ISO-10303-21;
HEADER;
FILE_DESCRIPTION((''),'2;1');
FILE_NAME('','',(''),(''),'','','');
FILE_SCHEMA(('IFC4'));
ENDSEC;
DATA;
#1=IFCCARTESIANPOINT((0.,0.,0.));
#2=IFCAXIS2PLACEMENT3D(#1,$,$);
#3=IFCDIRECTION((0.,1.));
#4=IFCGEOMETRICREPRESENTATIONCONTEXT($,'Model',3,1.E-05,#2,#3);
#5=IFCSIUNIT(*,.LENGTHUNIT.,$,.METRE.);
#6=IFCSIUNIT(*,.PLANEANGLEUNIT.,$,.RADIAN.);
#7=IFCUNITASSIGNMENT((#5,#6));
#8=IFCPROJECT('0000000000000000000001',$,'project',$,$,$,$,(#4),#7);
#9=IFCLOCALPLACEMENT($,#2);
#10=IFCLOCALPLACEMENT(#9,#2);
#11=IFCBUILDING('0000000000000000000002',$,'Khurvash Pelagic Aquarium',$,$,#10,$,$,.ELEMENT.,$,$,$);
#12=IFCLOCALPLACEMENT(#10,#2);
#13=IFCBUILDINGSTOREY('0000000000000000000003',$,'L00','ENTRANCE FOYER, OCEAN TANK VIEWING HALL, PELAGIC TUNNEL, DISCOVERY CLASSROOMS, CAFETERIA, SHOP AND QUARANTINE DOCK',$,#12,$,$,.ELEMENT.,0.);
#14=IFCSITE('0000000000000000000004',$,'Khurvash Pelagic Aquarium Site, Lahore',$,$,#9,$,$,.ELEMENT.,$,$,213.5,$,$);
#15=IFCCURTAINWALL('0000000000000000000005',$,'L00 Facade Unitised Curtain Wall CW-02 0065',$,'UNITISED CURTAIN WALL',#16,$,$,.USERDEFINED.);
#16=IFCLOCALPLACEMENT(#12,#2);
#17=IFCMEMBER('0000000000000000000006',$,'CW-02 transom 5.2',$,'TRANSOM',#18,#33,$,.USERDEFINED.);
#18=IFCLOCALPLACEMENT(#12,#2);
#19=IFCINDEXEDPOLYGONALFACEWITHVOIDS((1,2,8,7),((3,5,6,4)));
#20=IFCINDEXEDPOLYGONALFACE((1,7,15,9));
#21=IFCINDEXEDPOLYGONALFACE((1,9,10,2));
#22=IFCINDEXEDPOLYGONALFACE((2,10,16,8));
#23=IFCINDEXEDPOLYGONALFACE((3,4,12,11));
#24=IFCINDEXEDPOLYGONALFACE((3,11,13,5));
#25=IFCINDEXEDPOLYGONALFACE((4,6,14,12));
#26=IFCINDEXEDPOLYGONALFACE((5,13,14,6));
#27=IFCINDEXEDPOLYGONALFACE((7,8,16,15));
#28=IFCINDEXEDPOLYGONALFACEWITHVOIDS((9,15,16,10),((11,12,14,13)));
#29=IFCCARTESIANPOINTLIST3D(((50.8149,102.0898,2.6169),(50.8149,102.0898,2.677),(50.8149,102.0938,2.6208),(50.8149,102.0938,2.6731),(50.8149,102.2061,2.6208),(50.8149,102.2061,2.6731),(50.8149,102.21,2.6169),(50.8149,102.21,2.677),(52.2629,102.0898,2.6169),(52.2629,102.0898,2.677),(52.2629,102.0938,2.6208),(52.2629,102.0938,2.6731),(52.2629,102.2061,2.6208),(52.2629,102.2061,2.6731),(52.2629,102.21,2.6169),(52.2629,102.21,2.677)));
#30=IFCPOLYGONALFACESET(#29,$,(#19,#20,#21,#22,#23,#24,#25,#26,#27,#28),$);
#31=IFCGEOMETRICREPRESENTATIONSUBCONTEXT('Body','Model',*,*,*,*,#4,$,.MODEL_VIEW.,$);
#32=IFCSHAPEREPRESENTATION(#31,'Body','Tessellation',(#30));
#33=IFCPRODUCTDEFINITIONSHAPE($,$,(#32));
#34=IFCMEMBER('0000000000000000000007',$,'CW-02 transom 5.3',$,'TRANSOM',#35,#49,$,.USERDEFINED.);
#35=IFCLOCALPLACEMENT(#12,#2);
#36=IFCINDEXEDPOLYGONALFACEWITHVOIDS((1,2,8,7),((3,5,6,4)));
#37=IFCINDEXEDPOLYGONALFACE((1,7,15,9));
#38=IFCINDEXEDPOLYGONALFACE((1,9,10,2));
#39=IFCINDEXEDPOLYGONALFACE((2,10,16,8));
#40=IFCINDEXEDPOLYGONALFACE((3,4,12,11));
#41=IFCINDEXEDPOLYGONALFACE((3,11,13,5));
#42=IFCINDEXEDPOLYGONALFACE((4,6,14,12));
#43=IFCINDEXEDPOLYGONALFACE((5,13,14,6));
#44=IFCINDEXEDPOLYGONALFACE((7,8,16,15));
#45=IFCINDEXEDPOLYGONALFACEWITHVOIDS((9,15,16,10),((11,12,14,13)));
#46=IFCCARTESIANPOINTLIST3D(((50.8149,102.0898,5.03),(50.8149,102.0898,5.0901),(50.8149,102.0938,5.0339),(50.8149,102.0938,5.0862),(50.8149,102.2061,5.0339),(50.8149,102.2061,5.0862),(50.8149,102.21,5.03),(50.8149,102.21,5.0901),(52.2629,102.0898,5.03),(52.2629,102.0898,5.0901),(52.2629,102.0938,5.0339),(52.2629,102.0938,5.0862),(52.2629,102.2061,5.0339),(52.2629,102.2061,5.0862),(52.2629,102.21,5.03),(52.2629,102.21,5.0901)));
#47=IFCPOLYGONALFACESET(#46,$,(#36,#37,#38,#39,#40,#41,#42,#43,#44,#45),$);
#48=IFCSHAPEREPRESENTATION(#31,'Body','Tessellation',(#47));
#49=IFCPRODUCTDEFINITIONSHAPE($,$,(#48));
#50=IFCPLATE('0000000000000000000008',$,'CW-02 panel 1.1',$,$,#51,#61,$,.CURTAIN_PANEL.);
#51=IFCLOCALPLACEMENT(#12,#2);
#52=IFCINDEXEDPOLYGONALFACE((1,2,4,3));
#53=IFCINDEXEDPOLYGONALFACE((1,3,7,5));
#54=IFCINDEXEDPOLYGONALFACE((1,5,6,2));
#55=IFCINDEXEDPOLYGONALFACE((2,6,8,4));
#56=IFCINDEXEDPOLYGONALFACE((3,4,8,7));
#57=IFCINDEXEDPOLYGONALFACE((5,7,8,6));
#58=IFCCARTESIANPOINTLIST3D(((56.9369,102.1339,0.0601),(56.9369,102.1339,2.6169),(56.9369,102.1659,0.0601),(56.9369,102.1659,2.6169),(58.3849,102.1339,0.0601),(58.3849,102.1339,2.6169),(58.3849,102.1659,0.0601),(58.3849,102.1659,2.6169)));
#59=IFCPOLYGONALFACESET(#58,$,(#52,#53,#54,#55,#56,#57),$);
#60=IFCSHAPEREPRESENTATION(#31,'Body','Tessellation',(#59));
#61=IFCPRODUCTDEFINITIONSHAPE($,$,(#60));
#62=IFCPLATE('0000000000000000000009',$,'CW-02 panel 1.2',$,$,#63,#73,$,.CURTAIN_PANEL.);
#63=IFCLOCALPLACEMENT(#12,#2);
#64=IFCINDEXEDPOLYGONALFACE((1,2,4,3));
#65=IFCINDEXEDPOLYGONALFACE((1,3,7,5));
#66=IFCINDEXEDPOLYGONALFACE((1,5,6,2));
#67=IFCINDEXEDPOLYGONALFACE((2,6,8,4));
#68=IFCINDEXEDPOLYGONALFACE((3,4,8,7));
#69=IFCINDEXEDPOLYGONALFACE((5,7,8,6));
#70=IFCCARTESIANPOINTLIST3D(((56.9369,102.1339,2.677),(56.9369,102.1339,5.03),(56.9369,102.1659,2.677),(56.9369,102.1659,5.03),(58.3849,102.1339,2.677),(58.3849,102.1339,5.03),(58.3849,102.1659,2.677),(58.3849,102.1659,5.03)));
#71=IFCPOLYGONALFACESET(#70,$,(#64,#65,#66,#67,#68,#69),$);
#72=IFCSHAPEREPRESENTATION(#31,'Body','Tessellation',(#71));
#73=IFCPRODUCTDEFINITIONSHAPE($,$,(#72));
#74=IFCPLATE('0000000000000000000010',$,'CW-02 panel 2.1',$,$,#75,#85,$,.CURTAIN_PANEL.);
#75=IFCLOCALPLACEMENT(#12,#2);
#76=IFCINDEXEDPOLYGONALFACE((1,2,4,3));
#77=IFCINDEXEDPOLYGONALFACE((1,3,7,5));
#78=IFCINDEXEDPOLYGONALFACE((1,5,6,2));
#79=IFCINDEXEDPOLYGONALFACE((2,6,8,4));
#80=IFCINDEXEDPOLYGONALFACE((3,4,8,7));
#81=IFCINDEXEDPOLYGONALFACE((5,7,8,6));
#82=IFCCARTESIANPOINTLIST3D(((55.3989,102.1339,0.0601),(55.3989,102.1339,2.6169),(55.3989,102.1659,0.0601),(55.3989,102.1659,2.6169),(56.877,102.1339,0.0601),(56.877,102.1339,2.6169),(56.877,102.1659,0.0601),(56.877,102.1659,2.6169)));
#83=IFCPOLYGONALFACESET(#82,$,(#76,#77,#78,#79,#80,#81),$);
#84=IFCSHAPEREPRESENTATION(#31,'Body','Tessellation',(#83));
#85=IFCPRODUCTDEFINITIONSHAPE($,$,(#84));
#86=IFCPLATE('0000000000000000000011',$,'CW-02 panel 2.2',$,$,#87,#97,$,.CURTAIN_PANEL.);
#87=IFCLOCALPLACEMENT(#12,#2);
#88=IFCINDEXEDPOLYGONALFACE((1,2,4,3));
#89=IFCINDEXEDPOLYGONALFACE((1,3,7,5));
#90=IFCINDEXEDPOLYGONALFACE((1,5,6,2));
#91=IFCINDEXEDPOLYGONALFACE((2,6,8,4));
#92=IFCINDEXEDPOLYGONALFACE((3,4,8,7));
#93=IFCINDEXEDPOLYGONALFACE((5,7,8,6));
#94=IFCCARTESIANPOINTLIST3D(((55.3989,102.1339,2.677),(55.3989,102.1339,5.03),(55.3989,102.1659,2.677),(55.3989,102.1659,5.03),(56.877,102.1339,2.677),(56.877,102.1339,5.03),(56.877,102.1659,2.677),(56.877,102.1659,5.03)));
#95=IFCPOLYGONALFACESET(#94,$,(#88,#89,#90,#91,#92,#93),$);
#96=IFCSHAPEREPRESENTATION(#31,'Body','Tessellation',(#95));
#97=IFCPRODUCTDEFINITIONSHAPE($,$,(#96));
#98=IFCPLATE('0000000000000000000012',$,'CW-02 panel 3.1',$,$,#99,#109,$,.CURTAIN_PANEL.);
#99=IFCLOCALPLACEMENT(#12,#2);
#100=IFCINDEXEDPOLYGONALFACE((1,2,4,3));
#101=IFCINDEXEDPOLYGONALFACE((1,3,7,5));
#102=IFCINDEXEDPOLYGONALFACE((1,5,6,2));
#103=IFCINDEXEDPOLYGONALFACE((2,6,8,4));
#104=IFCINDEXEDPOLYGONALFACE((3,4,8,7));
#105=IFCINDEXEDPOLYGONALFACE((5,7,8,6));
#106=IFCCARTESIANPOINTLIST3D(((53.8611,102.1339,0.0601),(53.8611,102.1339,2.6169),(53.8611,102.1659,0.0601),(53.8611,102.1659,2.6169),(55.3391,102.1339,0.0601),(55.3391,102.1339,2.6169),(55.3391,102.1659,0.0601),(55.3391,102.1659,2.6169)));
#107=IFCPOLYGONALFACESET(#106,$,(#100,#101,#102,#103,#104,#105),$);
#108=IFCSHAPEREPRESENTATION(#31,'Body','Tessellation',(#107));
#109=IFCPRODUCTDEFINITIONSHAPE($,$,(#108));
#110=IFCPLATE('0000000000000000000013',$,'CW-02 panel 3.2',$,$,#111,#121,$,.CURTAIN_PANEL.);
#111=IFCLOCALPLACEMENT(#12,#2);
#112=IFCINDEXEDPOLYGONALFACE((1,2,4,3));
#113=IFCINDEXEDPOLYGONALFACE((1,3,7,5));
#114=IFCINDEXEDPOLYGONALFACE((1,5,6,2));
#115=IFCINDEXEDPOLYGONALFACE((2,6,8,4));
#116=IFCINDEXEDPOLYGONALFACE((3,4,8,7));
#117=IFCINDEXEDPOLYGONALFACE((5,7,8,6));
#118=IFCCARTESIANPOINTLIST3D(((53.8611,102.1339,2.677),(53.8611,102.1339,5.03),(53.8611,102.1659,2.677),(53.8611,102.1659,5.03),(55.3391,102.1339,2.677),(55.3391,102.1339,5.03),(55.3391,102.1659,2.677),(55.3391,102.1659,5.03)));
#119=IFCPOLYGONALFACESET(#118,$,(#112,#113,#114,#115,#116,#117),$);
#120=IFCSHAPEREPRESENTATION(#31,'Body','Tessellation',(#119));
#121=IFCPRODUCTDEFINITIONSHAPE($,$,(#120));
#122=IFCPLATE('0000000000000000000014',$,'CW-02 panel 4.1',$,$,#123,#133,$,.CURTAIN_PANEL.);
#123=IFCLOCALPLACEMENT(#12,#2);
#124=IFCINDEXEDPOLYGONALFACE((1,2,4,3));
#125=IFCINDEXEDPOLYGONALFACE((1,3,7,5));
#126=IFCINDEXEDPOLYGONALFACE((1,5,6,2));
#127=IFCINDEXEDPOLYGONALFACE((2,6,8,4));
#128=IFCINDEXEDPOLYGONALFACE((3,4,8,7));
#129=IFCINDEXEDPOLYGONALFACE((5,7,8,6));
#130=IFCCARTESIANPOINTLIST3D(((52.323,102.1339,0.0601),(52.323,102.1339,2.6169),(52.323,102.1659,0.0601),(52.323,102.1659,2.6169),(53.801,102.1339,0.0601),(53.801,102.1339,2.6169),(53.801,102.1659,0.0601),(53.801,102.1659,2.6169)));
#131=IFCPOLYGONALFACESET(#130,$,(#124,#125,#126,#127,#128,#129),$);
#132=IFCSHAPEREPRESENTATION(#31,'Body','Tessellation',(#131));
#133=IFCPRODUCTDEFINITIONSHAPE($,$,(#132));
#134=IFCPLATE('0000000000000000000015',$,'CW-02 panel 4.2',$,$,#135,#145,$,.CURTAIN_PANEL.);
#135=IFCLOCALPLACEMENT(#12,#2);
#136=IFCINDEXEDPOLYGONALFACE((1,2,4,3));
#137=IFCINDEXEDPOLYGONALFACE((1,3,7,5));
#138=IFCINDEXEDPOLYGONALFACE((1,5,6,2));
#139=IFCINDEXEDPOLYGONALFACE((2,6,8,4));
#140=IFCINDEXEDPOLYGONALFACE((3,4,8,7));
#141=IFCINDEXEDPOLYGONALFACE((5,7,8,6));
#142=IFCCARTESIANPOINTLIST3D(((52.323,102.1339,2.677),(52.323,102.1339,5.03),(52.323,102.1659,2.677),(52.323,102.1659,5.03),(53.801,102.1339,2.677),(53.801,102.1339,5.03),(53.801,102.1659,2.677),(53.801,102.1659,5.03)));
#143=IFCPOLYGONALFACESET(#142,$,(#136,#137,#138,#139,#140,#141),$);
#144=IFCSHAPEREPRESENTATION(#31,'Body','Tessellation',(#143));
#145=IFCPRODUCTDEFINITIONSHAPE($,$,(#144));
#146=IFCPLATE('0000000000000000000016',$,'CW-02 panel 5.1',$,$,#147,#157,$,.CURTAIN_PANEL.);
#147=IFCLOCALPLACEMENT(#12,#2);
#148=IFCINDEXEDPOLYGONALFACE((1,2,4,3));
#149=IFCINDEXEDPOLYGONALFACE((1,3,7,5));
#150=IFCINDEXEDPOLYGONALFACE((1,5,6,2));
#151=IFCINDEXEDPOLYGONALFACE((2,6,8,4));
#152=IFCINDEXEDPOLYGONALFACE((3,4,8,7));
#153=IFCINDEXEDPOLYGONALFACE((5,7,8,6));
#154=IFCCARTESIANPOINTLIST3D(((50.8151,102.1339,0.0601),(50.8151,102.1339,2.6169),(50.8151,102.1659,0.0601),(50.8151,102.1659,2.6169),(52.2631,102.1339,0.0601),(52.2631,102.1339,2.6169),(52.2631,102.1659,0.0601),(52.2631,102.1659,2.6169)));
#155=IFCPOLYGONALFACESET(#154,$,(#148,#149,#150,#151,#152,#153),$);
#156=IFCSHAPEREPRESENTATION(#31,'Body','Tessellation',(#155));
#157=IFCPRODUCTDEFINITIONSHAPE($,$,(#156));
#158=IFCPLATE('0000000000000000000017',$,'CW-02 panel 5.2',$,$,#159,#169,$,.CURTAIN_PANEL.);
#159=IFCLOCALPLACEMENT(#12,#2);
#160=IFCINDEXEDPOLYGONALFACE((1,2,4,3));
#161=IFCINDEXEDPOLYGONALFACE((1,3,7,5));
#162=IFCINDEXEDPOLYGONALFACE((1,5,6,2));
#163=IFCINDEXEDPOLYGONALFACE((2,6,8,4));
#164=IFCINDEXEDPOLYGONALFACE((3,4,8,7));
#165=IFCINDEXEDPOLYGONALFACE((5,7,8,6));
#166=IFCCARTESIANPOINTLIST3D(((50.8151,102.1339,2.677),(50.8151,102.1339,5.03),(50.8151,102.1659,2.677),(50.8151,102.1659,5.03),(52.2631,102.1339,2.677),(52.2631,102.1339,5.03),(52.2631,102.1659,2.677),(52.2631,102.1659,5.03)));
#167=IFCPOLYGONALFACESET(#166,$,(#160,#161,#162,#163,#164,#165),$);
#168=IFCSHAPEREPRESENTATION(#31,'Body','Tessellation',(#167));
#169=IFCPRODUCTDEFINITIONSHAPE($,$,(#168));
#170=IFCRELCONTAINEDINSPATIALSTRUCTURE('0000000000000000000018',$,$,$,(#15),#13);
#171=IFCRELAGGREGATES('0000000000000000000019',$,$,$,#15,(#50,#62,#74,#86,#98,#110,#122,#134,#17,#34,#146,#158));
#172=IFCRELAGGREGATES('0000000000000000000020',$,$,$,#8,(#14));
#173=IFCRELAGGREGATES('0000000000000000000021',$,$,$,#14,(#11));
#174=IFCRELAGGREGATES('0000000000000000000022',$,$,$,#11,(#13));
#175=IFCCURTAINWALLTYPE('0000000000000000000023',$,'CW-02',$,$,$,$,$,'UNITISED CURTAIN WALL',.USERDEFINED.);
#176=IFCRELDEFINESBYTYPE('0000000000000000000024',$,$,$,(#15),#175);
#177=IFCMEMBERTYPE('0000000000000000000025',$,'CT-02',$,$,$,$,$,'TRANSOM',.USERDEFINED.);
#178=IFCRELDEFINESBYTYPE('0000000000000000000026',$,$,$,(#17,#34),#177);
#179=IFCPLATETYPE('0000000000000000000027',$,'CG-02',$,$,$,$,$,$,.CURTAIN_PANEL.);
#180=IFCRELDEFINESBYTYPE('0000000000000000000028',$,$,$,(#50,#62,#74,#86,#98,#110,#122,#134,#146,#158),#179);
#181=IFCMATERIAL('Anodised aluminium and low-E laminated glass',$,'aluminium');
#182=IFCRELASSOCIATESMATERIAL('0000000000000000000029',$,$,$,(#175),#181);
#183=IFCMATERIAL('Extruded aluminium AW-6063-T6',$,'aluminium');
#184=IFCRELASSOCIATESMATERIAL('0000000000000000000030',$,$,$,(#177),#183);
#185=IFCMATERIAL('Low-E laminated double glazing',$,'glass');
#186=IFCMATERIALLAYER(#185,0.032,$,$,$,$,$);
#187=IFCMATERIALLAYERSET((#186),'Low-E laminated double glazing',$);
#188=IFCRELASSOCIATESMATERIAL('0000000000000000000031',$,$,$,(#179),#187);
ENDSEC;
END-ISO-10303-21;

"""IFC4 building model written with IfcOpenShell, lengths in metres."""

from ifc_helpers import new_model, si_unit, direction, frame, origin, origin_2d, place, context, subcontext, project, spatial, rectangle, hollow_rectangle, extrude, material, layer, layer_set, material_profile, profile_set, type_object, element, aggregate, save


model = new_model("IFC4")

# Units and contexts
model_context = context("Model", 3, precision=1e-05, world=origin(), true_north=direction((0.0, 1.0)))
body_context = subcontext(model_context, "Body", "Model", "MODEL_VIEW")
ifc_project = project(units=[si_unit("LENGTHUNIT", "METRE"), si_unit("PLANEANGLEUNIT", "RADIAN")], contexts=[model_context])

# Site, building, storey
site_placement = place(None, origin())
site = spatial("IfcSite", under=ifc_project, at=site_placement, Name="Khurvash Pelagic Aquarium Site, Lahore", CompositionType="ELEMENT", RefElevation=213.5)
building_placement = place(site_placement, origin())
building = spatial("IfcBuilding", under=site, at=building_placement, Name="Khurvash Pelagic Aquarium", CompositionType="ELEMENT")
storey_placement = place(building_placement, origin())
storey = spatial("IfcBuildingStorey", under=building, at=storey_placement, Name="L00", Description="ENTRANCE FOYER, OCEAN TANK VIEWING HALL, PELAGIC TUNNEL, DISCOVERY CLASSROOMS, CAFETERIA, SHOP AND QUARANTINE DOCK", CompositionType="ELEMENT", Elevation=0.0)

# Shared definitions
ifc_material_1 = material(Name="Anodised aluminium and low-E laminated glass", Category="aluminium")
ifc_material_2 = material(Name="Extruded aluminium AW-6063-T6", Category="aluminium")

# Curtain wall, members, plates
curtain_wall_type_1 = type_object("IfcCurtainWallType", Name="CW-02", ElementType="UNITISED CURTAIN WALL", PredefinedType="USERDEFINED", material=ifc_material_1)
curtain_wall_1_placement = place(storey_placement, origin())
curtain_wall_1 = element("IfcCurtainWall", 1, at=curtain_wall_1_placement, inside=storey, type_object=curtain_wall_type_1, Name="L00 Facade Unitised Curtain Wall CW-02 0065", ObjectType="UNITISED CURTAIN WALL", PredefinedType="USERDEFINED")
ifc_material_profile_1 = material_profile(ifc_material_2, hollow_rectangle(XDim=0.1201, YDim=0.0601, WallThickness=0.0039, at=origin_2d()), Name="CWT120X60X4")
ifc_profile_set_1 = profile_set([ifc_material_profile_1], Name="Extruded aluminium AW-6063-T6")
member_type_1 = type_object("IfcMemberType", Name="CT-02", ElementType="TRANSOM", PredefinedType="USERDEFINED", material=ifc_profile_set_1)
member_1_placement = place(storey_placement, frame((52.2629, 102.1499, 2.647), z_axis=(-1.0, 0.0, 0.0), x_axis=(0.0, -1.0, 0.0)))
member_1 = element("IfcMember", 2, at=member_1_placement, type_object=member_type_1, Name="CW-02 transom 5.2", ObjectType="TRANSOM", PredefinedType="USERDEFINED", context=body_context, shape_type="SweptSolid", body=[
    extrude(hollow_rectangle(XDim=0.1201, YDim=0.0601, WallThickness=0.0039, at=origin_2d()), origin(), (0.0, 0.0, 1.0), 1.448),
])
member_2_placement = place(storey_placement, frame((52.2629, 102.1499, 5.0601), z_axis=(-1.0, 0.0, 0.0), x_axis=(0.0, -1.0, 0.0)))
member_2 = element("IfcMember", 3, at=member_2_placement, type_object=member_type_1, Name="CW-02 transom 5.3", ObjectType="TRANSOM", PredefinedType="USERDEFINED", context=body_context, shape_type="SweptSolid", body=[
    extrude(hollow_rectangle(XDim=0.1201, YDim=0.0601, WallThickness=0.0039, at=origin_2d()), origin(), (0.0, 0.0, 1.0), 1.448),
])
ifc_material_3 = material(Name="Low-E laminated double glazing", Category="glass")
ifc_layer_1 = layer(ifc_material_3, 0.032)
ifc_layer_set_1 = layer_set([ifc_layer_1], Name="Low-E laminated double glazing")
plate_type = type_object("IfcPlateType", Name="CG-02", PredefinedType="CURTAIN_PANEL", material=ifc_layer_set_1)
plate_1_placement = place(storey_placement, frame((57.6609, 102.1499, 0.0601), z_axis=(0.0, 0.0, 1.0), x_axis=(-1.0, 0.0, 0.0)))
plate_1 = element("IfcPlate", 4, at=plate_1_placement, type_object=plate_type, Name="CW-02 panel 1.1", PredefinedType="CURTAIN_PANEL", context=body_context, shape_type="SweptSolid", body=[
    extrude(rectangle(XDim=1.448, YDim=0.032, at=origin_2d()), origin(), (0.0, 0.0, 1.0), 2.5569),
])
plate_2_placement = place(storey_placement, frame((57.6609, 102.1499, 2.677), z_axis=(0.0, 0.0, 1.0), x_axis=(-1.0, 0.0, 0.0)))
plate_2 = element("IfcPlate", 5, at=plate_2_placement, type_object=plate_type, Name="CW-02 panel 1.2", PredefinedType="CURTAIN_PANEL", context=body_context, shape_type="SweptSolid", body=[
    extrude(rectangle(XDim=1.448, YDim=0.032, at=origin_2d()), origin(), (0.0, 0.0, 1.0), 2.353),
])
plate_3_placement = place(storey_placement, frame((56.1379, 102.1499, 0.0601), z_axis=(0.0, 0.0, 1.0), x_axis=(-1.0, 0.0, 0.0)))
plate_3 = element("IfcPlate", 6, at=plate_3_placement, type_object=plate_type, Name="CW-02 panel 2.1", PredefinedType="CURTAIN_PANEL", context=body_context, shape_type="SweptSolid", body=[
    extrude(rectangle(XDim=1.478, YDim=0.032, at=origin_2d()), origin(), (0.0, 0.0, 1.0), 2.5569),
])
plate_4_placement = place(storey_placement, frame((56.1379, 102.1499, 2.677), z_axis=(0.0, 0.0, 1.0), x_axis=(-1.0, 0.0, 0.0)))
plate_4 = element("IfcPlate", 7, at=plate_4_placement, type_object=plate_type, Name="CW-02 panel 2.2", PredefinedType="CURTAIN_PANEL", context=body_context, shape_type="SweptSolid", body=[
    extrude(rectangle(XDim=1.478, YDim=0.032, at=origin_2d()), origin(), (0.0, 0.0, 1.0), 2.353),
])
plate_5_placement = place(storey_placement, frame((54.6001, 102.1499, 0.0601), z_axis=(0.0, 0.0, 1.0), x_axis=(-1.0, 0.0, 0.0)))
plate_5 = element("IfcPlate", 8, at=plate_5_placement, type_object=plate_type, Name="CW-02 panel 3.1", PredefinedType="CURTAIN_PANEL", context=body_context, shape_type="SweptSolid", body=[
    extrude(rectangle(XDim=1.478, YDim=0.032, at=origin_2d()), origin(), (0.0, 0.0, 1.0), 2.5569),
])
plate_6_placement = place(storey_placement, frame((54.6001, 102.1499, 2.677), z_axis=(0.0, 0.0, 1.0), x_axis=(-1.0, 0.0, 0.0)))
plate_6 = element("IfcPlate", 9, at=plate_6_placement, type_object=plate_type, Name="CW-02 panel 3.2", PredefinedType="CURTAIN_PANEL", context=body_context, shape_type="SweptSolid", body=[
    extrude(rectangle(XDim=1.478, YDim=0.032, at=origin_2d()), origin(), (0.0, 0.0, 1.0), 2.353),
])
plate_7_placement = place(storey_placement, frame((53.062, 102.1499, 0.0601), z_axis=(0.0, 0.0, 1.0), x_axis=(-1.0, 0.0, 0.0)))
plate_7 = element("IfcPlate", 10, at=plate_7_placement, type_object=plate_type, Name="CW-02 panel 4.1", PredefinedType="CURTAIN_PANEL", context=body_context, shape_type="SweptSolid", body=[
    extrude(rectangle(XDim=1.478, YDim=0.032, at=origin_2d()), origin(), (0.0, 0.0, 1.0), 2.5569),
])
plate_8_placement = place(storey_placement, frame((53.062, 102.1499, 2.677), z_axis=(0.0, 0.0, 1.0), x_axis=(-1.0, 0.0, 0.0)))
plate_8 = element("IfcPlate", 11, at=plate_8_placement, type_object=plate_type, Name="CW-02 panel 4.2", PredefinedType="CURTAIN_PANEL", context=body_context, shape_type="SweptSolid", body=[
    extrude(rectangle(XDim=1.478, YDim=0.032, at=origin_2d()), origin(), (0.0, 0.0, 1.0), 2.353),
])
plate_9_placement = place(storey_placement, frame((51.5391, 102.1499, 0.0601), z_axis=(0.0, 0.0, 1.0), x_axis=(-1.0, 0.0, 0.0)))
plate_9 = element("IfcPlate", 12, at=plate_9_placement, type_object=plate_type, Name="CW-02 panel 5.1", PredefinedType="CURTAIN_PANEL", context=body_context, shape_type="SweptSolid", body=[
    extrude(rectangle(XDim=1.448, YDim=0.032, at=origin_2d()), origin(), (0.0, 0.0, 1.0), 2.5569),
])
plate_10_placement = place(storey_placement, frame((51.5391, 102.1499, 2.677), z_axis=(0.0, 0.0, 1.0), x_axis=(-1.0, 0.0, 0.0)))
plate_10 = element("IfcPlate", 13, at=plate_10_placement, type_object=plate_type, Name="CW-02 panel 5.2", PredefinedType="CURTAIN_PANEL", context=body_context, shape_type="SweptSolid", body=[
    extrude(rectangle(XDim=1.448, YDim=0.032, at=origin_2d()), origin(), (0.0, 0.0, 1.0), 2.353),
])
aggregate(curtain_wall_1, [plate_1, plate_2, plate_3, plate_4, plate_5, plate_6, plate_7, plate_8, member_1, member_2, plate_9, plate_10])

save(model, "model.ifc")
